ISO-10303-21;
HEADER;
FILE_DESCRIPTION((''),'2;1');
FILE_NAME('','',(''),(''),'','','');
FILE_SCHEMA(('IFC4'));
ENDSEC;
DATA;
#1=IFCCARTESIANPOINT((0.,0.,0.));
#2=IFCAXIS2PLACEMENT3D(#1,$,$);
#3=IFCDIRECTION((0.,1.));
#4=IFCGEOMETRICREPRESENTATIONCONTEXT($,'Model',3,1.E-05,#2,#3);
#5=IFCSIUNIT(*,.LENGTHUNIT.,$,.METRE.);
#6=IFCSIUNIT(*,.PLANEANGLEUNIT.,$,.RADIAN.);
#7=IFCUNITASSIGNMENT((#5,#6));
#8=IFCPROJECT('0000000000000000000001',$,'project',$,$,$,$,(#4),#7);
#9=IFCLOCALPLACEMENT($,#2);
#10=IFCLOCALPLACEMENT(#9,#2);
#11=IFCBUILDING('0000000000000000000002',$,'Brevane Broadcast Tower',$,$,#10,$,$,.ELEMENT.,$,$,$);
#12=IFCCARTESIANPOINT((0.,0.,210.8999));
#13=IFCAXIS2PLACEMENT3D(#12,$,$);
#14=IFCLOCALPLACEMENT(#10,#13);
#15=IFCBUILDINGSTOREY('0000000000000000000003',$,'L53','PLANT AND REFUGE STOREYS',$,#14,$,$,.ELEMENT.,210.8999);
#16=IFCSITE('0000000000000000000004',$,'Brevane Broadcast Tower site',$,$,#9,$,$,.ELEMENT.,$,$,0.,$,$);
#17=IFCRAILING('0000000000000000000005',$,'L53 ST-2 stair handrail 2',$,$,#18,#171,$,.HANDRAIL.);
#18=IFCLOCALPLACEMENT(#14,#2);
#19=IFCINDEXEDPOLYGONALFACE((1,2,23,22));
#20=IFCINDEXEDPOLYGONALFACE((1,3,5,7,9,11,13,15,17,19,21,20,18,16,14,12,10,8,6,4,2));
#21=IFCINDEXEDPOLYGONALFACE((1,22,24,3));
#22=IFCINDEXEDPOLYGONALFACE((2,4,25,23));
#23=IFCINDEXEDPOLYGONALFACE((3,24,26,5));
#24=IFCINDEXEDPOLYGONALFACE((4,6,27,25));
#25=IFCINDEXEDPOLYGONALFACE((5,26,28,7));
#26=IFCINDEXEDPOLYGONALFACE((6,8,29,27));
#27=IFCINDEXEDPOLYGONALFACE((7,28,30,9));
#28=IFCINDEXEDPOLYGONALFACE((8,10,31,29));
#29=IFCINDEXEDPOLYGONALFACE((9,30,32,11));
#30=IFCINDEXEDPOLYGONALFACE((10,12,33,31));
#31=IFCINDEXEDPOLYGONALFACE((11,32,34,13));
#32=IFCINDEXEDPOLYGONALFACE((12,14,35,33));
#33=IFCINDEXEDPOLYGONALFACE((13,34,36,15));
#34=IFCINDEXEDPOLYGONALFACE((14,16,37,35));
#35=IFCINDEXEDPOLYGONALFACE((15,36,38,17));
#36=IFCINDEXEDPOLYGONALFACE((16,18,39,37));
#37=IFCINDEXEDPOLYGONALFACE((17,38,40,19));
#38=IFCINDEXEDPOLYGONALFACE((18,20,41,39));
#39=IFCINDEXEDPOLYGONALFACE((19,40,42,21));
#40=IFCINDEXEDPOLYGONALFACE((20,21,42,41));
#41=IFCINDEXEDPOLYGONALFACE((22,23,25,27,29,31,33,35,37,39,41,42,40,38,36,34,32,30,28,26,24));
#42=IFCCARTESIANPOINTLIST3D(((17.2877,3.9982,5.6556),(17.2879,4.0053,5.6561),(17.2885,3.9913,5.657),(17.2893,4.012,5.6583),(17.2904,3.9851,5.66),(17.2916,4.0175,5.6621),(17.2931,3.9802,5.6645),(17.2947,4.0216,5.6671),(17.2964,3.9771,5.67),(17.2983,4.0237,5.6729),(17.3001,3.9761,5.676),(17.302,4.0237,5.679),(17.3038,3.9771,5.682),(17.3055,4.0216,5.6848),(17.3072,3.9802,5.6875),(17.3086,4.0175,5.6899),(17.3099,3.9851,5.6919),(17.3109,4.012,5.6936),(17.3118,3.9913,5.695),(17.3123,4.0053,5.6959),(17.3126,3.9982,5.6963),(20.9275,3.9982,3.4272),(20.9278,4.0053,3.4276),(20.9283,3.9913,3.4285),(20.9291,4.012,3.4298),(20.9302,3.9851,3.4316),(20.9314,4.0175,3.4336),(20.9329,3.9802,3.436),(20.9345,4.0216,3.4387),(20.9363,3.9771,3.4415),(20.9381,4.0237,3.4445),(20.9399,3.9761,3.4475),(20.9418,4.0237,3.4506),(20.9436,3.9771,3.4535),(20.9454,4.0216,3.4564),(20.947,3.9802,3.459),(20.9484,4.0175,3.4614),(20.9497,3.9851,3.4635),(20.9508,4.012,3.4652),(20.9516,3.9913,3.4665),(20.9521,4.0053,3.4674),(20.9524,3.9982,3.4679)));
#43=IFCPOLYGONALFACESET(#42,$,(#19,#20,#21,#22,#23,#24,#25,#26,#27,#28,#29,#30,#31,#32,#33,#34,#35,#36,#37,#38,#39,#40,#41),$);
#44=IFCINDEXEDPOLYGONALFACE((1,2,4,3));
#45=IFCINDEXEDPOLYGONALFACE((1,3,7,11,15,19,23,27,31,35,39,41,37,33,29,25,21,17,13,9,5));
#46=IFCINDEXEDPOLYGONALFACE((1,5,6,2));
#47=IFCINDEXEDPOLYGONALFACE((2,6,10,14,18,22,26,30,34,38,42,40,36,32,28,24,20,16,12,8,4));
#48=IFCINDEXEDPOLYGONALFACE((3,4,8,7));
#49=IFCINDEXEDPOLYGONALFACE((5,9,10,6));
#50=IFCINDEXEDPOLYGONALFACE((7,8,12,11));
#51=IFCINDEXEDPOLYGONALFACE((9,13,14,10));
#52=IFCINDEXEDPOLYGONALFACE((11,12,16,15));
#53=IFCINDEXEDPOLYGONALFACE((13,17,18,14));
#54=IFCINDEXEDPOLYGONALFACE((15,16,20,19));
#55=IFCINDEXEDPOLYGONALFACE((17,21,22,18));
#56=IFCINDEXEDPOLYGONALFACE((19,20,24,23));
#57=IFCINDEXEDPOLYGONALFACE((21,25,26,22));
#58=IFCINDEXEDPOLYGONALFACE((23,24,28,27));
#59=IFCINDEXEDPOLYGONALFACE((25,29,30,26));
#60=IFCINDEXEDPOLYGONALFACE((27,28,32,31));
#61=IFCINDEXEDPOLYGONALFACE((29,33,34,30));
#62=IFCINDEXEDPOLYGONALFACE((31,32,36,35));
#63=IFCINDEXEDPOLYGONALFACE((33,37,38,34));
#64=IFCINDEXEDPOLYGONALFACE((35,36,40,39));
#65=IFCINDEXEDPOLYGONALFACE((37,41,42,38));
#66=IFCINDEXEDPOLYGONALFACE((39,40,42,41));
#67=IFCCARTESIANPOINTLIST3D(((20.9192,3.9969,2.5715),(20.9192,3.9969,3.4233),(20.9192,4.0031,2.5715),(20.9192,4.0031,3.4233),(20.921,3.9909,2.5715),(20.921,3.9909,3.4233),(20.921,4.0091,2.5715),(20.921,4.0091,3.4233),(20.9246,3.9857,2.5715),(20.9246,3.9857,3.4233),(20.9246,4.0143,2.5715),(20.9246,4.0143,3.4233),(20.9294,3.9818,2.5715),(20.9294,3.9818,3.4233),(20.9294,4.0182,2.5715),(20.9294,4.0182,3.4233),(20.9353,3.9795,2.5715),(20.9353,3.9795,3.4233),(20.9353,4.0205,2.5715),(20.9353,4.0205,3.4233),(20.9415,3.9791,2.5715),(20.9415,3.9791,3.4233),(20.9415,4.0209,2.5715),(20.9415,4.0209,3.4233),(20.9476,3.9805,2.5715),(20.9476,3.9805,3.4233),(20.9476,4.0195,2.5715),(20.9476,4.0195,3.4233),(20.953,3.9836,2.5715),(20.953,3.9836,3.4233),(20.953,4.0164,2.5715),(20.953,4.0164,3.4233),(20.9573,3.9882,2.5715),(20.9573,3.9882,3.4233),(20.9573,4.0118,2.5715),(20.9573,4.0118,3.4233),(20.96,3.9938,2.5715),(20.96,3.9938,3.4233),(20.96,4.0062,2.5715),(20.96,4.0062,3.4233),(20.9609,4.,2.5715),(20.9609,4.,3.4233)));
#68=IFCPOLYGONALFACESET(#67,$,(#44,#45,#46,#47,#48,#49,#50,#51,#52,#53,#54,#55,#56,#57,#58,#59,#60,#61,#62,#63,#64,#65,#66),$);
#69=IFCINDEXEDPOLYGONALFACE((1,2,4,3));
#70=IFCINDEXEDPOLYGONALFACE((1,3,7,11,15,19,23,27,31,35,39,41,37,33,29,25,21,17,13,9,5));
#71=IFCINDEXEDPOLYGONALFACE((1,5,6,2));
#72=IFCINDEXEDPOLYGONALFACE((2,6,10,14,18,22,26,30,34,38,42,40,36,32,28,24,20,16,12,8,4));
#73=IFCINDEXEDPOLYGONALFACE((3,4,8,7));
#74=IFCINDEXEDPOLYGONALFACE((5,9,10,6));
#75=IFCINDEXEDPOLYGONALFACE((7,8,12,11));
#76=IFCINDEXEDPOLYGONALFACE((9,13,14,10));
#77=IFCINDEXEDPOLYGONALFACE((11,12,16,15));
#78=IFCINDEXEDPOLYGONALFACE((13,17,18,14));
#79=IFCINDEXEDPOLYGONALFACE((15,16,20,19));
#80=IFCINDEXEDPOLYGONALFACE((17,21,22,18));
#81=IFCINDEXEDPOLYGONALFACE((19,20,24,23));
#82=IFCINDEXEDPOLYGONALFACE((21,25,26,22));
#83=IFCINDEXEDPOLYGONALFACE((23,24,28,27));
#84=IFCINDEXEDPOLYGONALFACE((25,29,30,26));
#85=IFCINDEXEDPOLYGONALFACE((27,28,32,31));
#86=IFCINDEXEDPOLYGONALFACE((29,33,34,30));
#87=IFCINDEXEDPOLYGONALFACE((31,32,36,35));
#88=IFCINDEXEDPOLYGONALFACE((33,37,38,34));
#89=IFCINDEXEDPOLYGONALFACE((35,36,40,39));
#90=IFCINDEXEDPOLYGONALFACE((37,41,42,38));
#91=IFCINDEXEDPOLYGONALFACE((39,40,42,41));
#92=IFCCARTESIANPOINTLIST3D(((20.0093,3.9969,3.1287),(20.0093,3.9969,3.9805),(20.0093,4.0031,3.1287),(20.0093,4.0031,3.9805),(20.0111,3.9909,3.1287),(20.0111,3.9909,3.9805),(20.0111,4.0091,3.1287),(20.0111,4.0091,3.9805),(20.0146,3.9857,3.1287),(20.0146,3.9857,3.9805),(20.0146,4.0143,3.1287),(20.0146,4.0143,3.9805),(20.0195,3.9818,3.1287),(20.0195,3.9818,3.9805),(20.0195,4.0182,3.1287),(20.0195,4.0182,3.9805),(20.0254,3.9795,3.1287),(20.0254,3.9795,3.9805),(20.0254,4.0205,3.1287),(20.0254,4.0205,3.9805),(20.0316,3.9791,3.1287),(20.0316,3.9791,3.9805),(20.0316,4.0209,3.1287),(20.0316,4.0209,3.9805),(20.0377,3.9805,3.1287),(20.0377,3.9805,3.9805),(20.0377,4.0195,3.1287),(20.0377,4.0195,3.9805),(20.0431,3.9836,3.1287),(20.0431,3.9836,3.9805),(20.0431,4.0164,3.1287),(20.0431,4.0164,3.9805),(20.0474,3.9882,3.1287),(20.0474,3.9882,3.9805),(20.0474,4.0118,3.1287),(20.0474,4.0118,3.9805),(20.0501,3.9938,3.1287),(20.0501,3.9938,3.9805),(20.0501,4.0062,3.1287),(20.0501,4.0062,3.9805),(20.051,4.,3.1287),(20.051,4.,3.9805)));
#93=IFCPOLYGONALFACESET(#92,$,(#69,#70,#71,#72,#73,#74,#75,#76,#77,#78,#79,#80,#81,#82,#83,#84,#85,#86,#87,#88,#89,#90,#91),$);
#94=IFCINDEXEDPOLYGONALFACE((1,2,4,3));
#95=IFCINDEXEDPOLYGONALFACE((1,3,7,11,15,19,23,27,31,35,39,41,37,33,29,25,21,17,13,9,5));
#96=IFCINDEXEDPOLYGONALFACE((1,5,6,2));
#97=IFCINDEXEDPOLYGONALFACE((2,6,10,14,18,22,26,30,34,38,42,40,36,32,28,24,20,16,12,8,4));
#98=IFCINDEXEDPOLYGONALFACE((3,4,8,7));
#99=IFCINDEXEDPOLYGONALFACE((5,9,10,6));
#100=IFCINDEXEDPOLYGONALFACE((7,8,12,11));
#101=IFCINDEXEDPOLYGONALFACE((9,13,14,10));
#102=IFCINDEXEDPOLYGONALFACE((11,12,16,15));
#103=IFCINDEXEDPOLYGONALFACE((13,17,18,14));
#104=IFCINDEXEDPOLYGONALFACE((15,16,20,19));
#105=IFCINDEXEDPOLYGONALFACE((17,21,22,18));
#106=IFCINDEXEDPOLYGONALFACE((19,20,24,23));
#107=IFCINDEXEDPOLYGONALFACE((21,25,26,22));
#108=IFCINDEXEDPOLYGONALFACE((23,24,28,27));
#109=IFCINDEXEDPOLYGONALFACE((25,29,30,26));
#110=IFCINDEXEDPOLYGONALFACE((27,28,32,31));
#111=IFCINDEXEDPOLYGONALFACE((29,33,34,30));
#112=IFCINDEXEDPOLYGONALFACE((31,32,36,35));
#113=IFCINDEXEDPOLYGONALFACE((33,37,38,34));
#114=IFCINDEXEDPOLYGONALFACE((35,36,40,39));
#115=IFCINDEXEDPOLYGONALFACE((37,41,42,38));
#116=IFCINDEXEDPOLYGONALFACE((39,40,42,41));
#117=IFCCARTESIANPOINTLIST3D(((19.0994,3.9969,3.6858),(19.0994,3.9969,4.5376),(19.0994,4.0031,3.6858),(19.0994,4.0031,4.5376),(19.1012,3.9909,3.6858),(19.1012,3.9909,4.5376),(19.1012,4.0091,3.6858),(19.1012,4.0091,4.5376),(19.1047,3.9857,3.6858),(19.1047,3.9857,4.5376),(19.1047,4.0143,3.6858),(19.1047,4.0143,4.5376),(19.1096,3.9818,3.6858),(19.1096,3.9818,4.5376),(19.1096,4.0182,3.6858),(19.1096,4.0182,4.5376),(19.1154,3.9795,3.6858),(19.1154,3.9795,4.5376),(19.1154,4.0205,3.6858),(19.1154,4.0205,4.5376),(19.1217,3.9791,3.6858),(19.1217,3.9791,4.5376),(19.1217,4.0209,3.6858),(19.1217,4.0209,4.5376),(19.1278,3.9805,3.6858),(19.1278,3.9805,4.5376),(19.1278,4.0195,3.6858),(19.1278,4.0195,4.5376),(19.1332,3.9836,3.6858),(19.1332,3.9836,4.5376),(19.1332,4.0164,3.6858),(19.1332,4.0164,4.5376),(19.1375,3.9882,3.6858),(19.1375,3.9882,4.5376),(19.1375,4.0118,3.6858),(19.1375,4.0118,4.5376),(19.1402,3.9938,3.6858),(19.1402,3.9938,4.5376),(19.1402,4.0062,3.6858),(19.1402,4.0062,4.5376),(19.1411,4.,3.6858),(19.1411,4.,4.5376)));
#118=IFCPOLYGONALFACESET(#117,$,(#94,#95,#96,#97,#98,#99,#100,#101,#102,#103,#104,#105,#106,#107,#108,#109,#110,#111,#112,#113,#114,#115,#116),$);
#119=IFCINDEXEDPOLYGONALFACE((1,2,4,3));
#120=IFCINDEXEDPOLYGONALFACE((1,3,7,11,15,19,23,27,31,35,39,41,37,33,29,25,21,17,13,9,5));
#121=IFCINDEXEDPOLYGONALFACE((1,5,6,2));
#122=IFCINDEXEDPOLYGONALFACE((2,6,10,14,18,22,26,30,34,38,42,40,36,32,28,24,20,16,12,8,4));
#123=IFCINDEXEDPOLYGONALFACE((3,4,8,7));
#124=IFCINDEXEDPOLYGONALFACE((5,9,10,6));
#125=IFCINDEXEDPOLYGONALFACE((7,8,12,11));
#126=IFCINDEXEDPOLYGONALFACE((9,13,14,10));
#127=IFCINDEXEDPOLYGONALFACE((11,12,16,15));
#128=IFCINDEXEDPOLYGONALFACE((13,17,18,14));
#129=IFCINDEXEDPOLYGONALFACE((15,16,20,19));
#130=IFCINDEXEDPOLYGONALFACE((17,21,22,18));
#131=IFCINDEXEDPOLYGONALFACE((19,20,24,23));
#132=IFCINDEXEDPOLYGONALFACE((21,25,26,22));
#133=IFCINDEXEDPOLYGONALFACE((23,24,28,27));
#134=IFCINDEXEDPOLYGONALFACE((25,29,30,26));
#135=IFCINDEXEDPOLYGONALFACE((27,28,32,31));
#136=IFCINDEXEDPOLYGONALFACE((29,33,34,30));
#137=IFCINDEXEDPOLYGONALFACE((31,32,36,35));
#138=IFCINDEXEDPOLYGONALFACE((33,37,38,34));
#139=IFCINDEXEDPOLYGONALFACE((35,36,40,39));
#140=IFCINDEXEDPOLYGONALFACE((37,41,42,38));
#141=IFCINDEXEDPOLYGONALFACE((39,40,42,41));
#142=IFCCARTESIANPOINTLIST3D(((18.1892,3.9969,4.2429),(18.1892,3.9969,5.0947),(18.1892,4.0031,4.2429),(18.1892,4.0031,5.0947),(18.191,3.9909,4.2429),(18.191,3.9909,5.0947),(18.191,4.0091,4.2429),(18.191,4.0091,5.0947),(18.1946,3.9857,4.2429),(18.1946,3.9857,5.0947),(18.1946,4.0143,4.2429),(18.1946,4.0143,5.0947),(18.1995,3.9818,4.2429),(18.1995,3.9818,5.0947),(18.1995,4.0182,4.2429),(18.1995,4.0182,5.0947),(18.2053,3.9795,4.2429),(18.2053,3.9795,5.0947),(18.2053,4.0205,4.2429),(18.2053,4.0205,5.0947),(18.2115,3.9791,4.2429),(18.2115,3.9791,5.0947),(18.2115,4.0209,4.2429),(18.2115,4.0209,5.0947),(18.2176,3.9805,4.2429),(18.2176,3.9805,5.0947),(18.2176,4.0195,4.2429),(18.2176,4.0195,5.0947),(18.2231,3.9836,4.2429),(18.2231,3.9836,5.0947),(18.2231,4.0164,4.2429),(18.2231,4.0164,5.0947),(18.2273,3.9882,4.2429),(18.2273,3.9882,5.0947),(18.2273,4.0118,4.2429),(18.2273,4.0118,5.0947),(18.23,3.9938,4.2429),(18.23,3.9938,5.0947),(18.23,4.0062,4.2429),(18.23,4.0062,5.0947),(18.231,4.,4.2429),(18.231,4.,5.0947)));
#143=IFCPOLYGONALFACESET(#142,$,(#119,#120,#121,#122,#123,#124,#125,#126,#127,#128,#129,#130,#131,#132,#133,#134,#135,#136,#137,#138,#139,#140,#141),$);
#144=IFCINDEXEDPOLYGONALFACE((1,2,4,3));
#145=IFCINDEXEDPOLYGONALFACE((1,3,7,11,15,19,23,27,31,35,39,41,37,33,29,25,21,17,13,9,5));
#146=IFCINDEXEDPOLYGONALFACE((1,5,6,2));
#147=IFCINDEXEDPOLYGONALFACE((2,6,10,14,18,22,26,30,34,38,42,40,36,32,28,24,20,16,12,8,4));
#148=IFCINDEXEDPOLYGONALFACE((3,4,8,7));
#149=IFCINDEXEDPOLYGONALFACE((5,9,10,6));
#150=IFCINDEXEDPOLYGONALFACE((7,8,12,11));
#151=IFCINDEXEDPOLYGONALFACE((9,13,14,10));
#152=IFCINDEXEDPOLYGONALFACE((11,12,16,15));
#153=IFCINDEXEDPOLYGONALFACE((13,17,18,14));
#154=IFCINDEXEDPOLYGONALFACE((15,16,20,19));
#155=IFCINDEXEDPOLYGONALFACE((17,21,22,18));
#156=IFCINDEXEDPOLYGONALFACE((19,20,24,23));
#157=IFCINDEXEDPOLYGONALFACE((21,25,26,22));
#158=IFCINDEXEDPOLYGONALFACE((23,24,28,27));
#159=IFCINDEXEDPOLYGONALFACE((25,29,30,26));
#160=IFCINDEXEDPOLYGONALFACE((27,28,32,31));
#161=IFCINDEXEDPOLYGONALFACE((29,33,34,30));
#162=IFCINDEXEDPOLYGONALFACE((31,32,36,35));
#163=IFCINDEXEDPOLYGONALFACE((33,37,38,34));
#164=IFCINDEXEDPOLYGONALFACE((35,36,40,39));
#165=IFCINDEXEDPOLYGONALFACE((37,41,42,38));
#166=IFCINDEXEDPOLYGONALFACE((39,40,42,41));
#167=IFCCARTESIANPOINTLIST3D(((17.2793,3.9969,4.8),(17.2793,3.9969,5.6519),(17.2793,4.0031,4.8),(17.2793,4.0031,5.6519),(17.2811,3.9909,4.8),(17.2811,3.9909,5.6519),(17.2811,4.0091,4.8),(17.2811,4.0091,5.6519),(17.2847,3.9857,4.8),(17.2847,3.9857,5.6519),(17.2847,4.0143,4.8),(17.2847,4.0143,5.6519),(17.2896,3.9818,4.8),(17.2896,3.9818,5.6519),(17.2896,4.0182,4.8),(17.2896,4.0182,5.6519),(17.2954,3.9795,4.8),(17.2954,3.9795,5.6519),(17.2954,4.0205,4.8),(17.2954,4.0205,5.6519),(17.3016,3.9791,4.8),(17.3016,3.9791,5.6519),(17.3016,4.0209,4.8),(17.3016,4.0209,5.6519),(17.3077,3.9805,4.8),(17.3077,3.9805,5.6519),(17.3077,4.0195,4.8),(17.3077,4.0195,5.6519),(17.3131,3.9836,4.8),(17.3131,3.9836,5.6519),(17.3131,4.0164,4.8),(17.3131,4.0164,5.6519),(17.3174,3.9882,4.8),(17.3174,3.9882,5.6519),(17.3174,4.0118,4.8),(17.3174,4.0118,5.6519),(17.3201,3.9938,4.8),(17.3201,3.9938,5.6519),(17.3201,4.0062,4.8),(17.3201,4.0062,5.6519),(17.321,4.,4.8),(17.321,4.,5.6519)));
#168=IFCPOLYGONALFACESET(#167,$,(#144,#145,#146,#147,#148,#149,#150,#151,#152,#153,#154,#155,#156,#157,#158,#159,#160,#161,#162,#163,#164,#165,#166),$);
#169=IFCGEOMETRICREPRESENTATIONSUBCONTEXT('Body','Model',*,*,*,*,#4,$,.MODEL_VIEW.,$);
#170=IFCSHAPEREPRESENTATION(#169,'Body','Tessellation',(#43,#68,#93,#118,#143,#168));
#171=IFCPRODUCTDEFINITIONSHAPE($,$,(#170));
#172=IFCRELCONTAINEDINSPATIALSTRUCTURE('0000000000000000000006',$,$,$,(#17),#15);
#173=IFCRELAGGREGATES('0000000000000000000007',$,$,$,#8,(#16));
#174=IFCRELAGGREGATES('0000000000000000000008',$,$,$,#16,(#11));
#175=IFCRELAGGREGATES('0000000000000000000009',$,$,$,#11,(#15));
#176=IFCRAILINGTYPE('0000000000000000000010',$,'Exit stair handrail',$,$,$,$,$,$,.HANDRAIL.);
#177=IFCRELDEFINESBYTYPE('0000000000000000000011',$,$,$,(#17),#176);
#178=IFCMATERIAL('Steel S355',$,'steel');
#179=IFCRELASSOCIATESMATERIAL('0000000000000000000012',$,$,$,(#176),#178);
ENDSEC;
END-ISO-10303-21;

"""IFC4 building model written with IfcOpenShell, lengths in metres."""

from ifc_helpers import new_model, si_unit, direction, frame, origin, origin_2d, place, context, subcontext, project, spatial, circle, extrude, material, type_object, element, save


model = new_model("IFC4")

# Units and contexts
model_context = context("Model", 3, precision=1e-05, world=origin(), true_north=direction((0.0, 1.0)))
body_context = subcontext(model_context, "Body", "Model", "MODEL_VIEW")
ifc_project = project(units=[si_unit("LENGTHUNIT", "METRE"), si_unit("PLANEANGLEUNIT", "RADIAN")], contexts=[model_context])

# Site, building, storey
site_placement = place(None, origin())
site = spatial("IfcSite", under=ifc_project, at=site_placement, Name="Brevane Broadcast Tower site", CompositionType="ELEMENT", RefElevation=0.0)
building_placement = place(site_placement, origin())
building = spatial("IfcBuilding", under=site, at=building_placement, Name="Brevane Broadcast Tower", CompositionType="ELEMENT")
storey_placement = place(building_placement, frame((0.0, 0.0, 210.8999)))
storey = spatial("IfcBuildingStorey", under=building, at=storey_placement, Name="L53", Description="PLANT AND REFUGE STOREYS", CompositionType="ELEMENT", Elevation=210.8999)

# Railing
ifc_material_1 = material(Name="Steel S355", Category="steel")
railing_type_1 = type_object("IfcRailingType", Name="Exit stair handrail", PredefinedType="HANDRAIL", material=ifc_material_1)
railing_1_placement = place(storey_placement, frame((20.9399, 4.0, 2.5715)))
element("IfcRailing", 1, at=railing_1_placement, inside=storey, type_object=railing_type_1, Name="L53 ST-2 stair handrail 2", PredefinedType="HANDRAIL", context=body_context, shape_type="SweptSolid", body=[
    extrude(circle(Radius=0.0239, at=origin_2d()), frame((0.0, 0.0, 0.876), z_axis=(-0.85285, 0.0, 0.522156), x_axis=(0.0, -1.0, 0.0)), (0.0, 0.0, 1.0), 4.2678),
    extrude(circle(Radius=0.021, at=origin_2d()), origin(), (0.0, 0.0, 1.0), 0.8518),
    extrude(circle(Radius=0.021, at=origin_2d()), frame((-0.9099, 0.0, 0.5571)), (0.0, 0.0, 1.0), 0.8518),
    extrude(circle(Radius=0.021, at=origin_2d()), frame((-1.8198, 0.0, 1.1143)), (0.0, 0.0, 1.0), 0.8518),
    extrude(circle(Radius=0.021, at=origin_2d()), frame((-2.73, 0.0, 1.6714)), (0.0, 0.0, 1.0), 0.8518),
    extrude(circle(Radius=0.021, at=origin_2d()), frame((-3.6399, 0.0, 2.2285)), (0.0, 0.0, 1.0), 0.8518),
])

save(model, "model.ifc")
